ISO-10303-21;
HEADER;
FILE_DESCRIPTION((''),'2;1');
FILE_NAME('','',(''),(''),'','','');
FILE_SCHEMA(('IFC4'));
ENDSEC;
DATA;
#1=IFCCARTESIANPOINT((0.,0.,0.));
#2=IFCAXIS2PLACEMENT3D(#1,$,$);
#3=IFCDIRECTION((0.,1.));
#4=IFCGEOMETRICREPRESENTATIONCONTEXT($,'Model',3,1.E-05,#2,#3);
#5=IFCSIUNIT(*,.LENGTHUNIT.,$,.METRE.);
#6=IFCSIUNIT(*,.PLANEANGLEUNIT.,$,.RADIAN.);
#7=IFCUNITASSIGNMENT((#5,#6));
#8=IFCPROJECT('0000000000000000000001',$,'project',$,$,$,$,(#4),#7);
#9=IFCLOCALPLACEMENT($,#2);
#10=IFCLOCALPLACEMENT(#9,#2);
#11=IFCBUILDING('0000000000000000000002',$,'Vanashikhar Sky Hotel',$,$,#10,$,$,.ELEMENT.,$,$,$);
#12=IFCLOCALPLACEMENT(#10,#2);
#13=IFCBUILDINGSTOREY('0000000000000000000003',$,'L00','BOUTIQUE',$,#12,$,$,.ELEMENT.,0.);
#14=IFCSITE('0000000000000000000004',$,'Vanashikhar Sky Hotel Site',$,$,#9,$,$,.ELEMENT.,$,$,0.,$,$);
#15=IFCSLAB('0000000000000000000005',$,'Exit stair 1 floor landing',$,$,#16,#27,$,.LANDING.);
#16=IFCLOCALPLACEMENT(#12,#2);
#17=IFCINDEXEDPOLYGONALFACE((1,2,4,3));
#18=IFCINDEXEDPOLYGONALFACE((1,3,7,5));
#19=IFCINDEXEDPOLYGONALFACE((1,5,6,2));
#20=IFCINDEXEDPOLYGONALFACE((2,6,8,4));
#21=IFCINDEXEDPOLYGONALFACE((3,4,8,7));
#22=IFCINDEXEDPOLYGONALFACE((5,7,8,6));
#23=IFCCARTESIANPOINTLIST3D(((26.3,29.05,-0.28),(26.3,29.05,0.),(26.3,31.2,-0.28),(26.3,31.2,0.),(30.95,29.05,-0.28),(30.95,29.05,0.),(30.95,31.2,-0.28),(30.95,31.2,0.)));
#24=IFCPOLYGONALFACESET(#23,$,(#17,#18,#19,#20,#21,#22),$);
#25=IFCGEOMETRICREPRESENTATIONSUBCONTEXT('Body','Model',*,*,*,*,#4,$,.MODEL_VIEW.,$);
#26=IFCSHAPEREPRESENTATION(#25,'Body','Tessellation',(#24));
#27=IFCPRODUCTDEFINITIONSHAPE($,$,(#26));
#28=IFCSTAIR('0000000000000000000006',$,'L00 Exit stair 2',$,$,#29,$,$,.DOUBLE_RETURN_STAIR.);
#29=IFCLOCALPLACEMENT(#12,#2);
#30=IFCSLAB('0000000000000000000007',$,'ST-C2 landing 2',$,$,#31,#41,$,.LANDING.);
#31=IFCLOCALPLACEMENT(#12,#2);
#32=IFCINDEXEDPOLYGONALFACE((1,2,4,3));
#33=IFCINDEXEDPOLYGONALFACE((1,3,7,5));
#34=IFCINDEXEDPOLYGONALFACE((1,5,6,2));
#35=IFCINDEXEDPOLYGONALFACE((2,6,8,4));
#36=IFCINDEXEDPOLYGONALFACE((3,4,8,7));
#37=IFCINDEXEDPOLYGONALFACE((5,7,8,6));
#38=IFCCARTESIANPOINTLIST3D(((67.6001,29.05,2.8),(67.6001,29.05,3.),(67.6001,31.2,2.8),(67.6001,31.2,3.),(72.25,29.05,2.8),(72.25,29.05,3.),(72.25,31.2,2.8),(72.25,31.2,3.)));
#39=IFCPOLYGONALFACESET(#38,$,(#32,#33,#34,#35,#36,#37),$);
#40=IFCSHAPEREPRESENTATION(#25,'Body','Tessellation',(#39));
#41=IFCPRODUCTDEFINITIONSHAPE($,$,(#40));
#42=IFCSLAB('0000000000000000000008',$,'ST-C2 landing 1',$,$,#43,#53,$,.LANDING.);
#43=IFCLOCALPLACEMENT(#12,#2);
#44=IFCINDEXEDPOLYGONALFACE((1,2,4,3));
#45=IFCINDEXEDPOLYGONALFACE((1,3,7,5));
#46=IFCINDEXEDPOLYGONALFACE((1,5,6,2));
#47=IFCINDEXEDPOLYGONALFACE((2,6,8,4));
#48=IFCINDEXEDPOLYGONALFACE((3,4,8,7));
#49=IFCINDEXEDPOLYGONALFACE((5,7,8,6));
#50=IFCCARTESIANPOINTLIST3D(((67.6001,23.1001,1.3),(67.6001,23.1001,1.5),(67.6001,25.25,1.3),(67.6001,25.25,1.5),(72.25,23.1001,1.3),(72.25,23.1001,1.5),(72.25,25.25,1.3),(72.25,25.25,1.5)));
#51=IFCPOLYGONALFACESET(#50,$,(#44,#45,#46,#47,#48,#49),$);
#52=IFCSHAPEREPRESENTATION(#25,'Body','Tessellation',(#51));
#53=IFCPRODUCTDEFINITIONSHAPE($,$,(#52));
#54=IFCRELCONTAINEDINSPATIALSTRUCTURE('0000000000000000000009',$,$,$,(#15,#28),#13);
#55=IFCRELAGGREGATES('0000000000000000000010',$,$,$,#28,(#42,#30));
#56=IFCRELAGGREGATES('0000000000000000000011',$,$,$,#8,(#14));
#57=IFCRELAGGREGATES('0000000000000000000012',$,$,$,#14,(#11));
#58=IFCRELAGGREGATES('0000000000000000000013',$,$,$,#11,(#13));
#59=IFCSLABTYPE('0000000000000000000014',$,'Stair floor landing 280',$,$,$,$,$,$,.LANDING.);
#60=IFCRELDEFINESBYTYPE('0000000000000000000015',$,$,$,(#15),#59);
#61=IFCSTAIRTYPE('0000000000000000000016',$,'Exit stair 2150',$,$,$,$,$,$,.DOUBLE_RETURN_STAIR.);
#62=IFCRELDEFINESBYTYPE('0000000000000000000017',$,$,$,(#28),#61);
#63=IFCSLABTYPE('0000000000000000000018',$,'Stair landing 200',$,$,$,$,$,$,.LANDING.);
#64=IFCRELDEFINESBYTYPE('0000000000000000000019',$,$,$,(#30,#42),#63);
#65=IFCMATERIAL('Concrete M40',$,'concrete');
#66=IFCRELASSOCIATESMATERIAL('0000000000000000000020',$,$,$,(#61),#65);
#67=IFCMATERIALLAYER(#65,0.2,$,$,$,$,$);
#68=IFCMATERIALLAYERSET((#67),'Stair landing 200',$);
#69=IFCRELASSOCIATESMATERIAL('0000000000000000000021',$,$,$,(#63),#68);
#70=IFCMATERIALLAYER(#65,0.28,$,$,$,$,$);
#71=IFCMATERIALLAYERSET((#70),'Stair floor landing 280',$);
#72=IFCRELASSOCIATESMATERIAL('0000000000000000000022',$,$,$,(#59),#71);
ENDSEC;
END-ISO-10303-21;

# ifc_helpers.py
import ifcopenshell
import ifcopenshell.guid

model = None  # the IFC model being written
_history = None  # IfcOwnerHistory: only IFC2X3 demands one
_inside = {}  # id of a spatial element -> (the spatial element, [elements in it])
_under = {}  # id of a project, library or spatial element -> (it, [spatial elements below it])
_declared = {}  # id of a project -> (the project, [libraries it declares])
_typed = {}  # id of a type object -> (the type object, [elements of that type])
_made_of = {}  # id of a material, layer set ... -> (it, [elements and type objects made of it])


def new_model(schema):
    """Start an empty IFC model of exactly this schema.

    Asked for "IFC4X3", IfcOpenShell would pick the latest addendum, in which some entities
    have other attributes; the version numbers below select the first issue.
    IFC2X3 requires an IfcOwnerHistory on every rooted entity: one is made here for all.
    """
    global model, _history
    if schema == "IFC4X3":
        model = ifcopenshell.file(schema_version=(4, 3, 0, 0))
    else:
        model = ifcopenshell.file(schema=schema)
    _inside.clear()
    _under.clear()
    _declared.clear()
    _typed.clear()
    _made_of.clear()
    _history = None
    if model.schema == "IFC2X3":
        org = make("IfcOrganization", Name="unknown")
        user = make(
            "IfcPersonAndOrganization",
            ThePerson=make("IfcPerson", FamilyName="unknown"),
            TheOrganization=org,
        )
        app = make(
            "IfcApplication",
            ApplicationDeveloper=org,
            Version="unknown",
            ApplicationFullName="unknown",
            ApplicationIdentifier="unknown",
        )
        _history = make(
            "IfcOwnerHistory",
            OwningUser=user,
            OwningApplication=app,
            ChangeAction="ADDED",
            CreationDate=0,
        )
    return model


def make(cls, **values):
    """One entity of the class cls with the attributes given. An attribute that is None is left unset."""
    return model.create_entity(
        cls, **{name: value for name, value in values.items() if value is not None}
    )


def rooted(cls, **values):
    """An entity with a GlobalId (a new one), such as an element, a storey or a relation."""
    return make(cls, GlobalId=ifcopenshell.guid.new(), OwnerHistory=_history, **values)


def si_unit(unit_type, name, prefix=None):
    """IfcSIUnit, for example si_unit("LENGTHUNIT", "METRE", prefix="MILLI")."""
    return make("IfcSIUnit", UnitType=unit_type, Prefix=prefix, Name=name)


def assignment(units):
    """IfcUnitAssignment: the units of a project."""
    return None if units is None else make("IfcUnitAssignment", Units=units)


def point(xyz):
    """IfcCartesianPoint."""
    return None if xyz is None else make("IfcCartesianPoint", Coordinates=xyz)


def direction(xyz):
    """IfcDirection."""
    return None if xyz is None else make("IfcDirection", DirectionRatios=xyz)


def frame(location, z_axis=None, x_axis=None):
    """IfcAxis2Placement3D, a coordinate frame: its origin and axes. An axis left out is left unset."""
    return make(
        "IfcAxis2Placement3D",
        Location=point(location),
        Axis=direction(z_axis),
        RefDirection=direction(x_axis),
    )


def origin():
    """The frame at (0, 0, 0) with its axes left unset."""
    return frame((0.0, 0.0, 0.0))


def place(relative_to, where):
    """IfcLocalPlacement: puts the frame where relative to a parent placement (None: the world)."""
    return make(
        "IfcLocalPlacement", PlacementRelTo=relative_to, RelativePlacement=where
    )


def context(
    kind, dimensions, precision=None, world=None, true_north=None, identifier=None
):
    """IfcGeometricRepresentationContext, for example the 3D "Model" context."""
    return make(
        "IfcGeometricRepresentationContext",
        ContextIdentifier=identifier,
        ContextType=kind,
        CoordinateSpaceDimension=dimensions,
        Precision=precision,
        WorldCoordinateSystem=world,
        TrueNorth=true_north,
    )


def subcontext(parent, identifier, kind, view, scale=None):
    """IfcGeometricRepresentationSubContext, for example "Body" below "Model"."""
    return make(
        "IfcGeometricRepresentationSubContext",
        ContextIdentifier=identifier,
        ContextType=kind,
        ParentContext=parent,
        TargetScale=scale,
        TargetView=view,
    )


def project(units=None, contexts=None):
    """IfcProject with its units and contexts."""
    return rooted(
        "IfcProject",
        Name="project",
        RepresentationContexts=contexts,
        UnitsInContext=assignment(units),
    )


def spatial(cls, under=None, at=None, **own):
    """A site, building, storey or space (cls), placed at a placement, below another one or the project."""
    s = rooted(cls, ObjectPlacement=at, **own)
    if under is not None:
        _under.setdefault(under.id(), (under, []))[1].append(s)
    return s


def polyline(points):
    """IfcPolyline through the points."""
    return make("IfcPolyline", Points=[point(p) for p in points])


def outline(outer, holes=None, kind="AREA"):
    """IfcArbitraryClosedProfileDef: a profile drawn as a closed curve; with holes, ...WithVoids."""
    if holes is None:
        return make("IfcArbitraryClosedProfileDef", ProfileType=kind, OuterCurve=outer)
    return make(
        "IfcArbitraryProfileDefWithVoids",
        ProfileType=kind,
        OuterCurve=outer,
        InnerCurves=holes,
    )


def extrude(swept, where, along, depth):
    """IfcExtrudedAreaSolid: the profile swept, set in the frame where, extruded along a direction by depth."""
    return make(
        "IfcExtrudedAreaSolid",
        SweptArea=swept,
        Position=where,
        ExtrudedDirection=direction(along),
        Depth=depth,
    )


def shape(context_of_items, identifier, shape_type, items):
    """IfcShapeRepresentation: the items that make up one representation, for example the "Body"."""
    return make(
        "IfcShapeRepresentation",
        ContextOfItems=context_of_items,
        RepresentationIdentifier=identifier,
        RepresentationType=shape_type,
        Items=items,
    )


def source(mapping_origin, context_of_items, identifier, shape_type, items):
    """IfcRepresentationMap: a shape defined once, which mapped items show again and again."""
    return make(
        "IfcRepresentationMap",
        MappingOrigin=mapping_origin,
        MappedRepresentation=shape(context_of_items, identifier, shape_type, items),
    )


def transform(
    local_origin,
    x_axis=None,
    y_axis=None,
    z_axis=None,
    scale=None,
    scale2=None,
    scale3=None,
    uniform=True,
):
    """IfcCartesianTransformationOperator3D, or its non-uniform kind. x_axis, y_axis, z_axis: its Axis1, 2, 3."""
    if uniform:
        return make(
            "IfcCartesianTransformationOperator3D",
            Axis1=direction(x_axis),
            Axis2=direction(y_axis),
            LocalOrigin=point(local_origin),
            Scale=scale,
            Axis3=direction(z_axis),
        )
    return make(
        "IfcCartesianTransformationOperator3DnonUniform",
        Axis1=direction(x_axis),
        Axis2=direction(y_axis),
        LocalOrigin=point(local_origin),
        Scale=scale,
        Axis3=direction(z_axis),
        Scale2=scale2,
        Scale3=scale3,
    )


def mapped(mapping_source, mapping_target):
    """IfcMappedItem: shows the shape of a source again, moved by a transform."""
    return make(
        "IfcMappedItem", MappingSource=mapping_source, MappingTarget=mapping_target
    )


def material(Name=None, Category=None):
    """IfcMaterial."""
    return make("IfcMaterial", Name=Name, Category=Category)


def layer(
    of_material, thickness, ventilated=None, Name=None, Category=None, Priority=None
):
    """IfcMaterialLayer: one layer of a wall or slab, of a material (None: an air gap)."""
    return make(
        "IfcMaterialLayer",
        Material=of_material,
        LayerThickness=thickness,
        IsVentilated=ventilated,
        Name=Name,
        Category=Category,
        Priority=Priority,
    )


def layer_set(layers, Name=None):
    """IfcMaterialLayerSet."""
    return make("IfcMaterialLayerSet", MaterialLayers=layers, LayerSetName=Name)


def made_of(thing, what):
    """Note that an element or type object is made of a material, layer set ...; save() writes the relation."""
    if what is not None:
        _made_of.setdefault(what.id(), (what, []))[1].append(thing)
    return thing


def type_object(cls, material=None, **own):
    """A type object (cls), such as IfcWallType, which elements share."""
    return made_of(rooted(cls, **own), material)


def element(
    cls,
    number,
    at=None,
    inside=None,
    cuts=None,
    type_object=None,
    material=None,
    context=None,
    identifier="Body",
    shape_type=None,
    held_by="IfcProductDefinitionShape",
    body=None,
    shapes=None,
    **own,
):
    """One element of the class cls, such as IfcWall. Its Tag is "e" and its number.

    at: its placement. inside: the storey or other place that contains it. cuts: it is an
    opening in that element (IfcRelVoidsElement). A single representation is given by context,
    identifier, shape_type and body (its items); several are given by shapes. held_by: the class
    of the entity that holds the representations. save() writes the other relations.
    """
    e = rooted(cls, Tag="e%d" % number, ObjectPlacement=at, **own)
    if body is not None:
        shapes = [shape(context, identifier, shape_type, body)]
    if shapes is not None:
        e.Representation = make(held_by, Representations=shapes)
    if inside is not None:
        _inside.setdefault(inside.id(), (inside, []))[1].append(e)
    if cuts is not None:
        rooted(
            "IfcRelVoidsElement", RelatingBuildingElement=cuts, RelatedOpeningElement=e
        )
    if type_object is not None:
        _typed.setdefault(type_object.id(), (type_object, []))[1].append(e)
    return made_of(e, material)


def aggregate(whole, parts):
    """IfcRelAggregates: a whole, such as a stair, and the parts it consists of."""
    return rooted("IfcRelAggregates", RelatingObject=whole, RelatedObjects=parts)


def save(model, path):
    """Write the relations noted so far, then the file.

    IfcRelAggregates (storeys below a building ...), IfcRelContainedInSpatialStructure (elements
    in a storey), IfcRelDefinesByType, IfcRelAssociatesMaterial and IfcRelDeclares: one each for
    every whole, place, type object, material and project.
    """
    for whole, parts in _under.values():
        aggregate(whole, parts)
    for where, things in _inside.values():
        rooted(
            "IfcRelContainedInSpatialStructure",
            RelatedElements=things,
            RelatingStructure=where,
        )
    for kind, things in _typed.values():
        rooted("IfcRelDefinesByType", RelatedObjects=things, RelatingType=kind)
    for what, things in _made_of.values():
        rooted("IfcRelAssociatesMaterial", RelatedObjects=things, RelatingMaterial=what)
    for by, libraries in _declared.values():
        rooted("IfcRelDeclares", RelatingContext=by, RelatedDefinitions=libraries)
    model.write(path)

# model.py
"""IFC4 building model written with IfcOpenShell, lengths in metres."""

from ifc_helpers import new_model, si_unit, direction, frame, origin, place, context, subcontext, project, spatial, polyline, outline, extrude, source, transform, mapped, material, layer, layer_set, type_object, element, aggregate, save


model = new_model("IFC4")

# Units and contexts
model_context = context("Model", 3, precision=1e-05, world=origin(), true_north=direction((0.0, 1.0)))
body_context = subcontext(model_context, "Body", "Model", "MODEL_VIEW")
ifc_project = project(units=[si_unit("LENGTHUNIT", "METRE"), si_unit("PLANEANGLEUNIT", "RADIAN")], contexts=[model_context])

# Site, building, storey
site_placement = place(None, origin())
site = spatial("IfcSite", under=ifc_project, at=site_placement, Name="Vanashikhar Sky Hotel Site", CompositionType="ELEMENT", RefElevation=0.0)
building_placement = place(site_placement, origin())
building = spatial("IfcBuilding", under=site, at=building_placement, Name="Vanashikhar Sky Hotel", CompositionType="ELEMENT")
storey_placement = place(building_placement, origin())
storey = spatial("IfcBuildingStorey", under=building, at=storey_placement, Name="L00", Description="BOUTIQUE", CompositionType="ELEMENT", Elevation=0.0)

# Shared definitions
ifc_material_1 = material(Name="Concrete M40", Category="concrete")

# Shared definitions
stair_type_1 = type_object("IfcStairType", Name="Exit stair 2150", PredefinedType="DOUBLE_RETURN_STAIR", material=ifc_material_1)
ifc_layer_1 = layer(ifc_material_1, 0.2)
ifc_layer_set_1 = layer_set([ifc_layer_1], Name="Stair landing 200")
slab_type_1 = type_object("IfcSlabType", Name="Stair landing 200", PredefinedType="LANDING", material=ifc_layer_set_1)

# Slab
ifc_layer_2 = layer(ifc_material_1, 0.28)
ifc_layer_set_2 = layer_set([ifc_layer_2], Name="Stair floor landing 280")
slab_type_2 = type_object("IfcSlabType", Name="Stair floor landing 280", PredefinedType="LANDING", material=ifc_layer_set_2)
shared_shape_1 = source(origin(), body_context, "Body", "SweptSolid", [
    extrude(outline(polyline([(30.95, 29.05), (30.95, 31.2), (26.3, 31.2), (26.3, 29.05), (30.95, 29.05)])), origin(), (0.0, 0.0, 1.0), 0.28),
])
slab_1_placement = place(storey_placement, frame((0.0, 0.0, -0.28)))
element("IfcSlab", 1, at=slab_1_placement, inside=storey, type_object=slab_type_2, Name="Exit stair 1 floor landing", PredefinedType="LANDING", context=body_context, shape_type="MappedRepresentation", body=[
    mapped(shared_shape_1, transform((0.0, 0.0, 0.0), scale=1.0)),
])

# Stair, slabs
stair_1_placement = place(storey_placement, origin())
stair_1 = element("IfcStair", 2, at=stair_1_placement, inside=storey, type_object=stair_type_1, Name="L00 Exit stair 2", PredefinedType="DOUBLE_RETURN_STAIR")
shared_shape_2 = source(origin(), body_context, "Body", "SweptSolid", [
    extrude(outline(polyline([(72.25, 29.05), (72.25, 31.2), (67.6001, 31.2), (67.6001, 29.05), (72.25, 29.05)])), origin(), (0.0, 0.0, 1.0), 0.2),
])
slab_2_placement = place(storey_placement, frame((0.0, 0.0, 2.8)))
slab_2 = element("IfcSlab", 3, at=slab_2_placement, type_object=slab_type_1, Name="ST-C2 landing 2", PredefinedType="LANDING", context=body_context, shape_type="MappedRepresentation", body=[
    mapped(shared_shape_2, transform((0.0, 0.0, 0.0), scale=1.0)),
])
shared_shape_3 = source(origin(), body_context, "Body", "SweptSolid", [
    extrude(outline(polyline([(72.25, 23.1001), (72.25, 25.25), (67.6001, 25.25), (67.6001, 23.1001), (72.25, 23.1001)])), origin(), (0.0, 0.0, 1.0), 0.2),
])
slab_3_placement = place(storey_placement, frame((0.0, 0.0, 1.3)))
slab_3 = element("IfcSlab", 4, at=slab_3_placement, type_object=slab_type_1, Name="ST-C2 landing 1", PredefinedType="LANDING", context=body_context, shape_type="MappedRepresentation", body=[
    mapped(shared_shape_3, transform((0.0, 0.0, 0.0), scale=1.0)),
])
aggregate(stair_1, [slab_3, slab_2])

save(model, "model.ifc")
